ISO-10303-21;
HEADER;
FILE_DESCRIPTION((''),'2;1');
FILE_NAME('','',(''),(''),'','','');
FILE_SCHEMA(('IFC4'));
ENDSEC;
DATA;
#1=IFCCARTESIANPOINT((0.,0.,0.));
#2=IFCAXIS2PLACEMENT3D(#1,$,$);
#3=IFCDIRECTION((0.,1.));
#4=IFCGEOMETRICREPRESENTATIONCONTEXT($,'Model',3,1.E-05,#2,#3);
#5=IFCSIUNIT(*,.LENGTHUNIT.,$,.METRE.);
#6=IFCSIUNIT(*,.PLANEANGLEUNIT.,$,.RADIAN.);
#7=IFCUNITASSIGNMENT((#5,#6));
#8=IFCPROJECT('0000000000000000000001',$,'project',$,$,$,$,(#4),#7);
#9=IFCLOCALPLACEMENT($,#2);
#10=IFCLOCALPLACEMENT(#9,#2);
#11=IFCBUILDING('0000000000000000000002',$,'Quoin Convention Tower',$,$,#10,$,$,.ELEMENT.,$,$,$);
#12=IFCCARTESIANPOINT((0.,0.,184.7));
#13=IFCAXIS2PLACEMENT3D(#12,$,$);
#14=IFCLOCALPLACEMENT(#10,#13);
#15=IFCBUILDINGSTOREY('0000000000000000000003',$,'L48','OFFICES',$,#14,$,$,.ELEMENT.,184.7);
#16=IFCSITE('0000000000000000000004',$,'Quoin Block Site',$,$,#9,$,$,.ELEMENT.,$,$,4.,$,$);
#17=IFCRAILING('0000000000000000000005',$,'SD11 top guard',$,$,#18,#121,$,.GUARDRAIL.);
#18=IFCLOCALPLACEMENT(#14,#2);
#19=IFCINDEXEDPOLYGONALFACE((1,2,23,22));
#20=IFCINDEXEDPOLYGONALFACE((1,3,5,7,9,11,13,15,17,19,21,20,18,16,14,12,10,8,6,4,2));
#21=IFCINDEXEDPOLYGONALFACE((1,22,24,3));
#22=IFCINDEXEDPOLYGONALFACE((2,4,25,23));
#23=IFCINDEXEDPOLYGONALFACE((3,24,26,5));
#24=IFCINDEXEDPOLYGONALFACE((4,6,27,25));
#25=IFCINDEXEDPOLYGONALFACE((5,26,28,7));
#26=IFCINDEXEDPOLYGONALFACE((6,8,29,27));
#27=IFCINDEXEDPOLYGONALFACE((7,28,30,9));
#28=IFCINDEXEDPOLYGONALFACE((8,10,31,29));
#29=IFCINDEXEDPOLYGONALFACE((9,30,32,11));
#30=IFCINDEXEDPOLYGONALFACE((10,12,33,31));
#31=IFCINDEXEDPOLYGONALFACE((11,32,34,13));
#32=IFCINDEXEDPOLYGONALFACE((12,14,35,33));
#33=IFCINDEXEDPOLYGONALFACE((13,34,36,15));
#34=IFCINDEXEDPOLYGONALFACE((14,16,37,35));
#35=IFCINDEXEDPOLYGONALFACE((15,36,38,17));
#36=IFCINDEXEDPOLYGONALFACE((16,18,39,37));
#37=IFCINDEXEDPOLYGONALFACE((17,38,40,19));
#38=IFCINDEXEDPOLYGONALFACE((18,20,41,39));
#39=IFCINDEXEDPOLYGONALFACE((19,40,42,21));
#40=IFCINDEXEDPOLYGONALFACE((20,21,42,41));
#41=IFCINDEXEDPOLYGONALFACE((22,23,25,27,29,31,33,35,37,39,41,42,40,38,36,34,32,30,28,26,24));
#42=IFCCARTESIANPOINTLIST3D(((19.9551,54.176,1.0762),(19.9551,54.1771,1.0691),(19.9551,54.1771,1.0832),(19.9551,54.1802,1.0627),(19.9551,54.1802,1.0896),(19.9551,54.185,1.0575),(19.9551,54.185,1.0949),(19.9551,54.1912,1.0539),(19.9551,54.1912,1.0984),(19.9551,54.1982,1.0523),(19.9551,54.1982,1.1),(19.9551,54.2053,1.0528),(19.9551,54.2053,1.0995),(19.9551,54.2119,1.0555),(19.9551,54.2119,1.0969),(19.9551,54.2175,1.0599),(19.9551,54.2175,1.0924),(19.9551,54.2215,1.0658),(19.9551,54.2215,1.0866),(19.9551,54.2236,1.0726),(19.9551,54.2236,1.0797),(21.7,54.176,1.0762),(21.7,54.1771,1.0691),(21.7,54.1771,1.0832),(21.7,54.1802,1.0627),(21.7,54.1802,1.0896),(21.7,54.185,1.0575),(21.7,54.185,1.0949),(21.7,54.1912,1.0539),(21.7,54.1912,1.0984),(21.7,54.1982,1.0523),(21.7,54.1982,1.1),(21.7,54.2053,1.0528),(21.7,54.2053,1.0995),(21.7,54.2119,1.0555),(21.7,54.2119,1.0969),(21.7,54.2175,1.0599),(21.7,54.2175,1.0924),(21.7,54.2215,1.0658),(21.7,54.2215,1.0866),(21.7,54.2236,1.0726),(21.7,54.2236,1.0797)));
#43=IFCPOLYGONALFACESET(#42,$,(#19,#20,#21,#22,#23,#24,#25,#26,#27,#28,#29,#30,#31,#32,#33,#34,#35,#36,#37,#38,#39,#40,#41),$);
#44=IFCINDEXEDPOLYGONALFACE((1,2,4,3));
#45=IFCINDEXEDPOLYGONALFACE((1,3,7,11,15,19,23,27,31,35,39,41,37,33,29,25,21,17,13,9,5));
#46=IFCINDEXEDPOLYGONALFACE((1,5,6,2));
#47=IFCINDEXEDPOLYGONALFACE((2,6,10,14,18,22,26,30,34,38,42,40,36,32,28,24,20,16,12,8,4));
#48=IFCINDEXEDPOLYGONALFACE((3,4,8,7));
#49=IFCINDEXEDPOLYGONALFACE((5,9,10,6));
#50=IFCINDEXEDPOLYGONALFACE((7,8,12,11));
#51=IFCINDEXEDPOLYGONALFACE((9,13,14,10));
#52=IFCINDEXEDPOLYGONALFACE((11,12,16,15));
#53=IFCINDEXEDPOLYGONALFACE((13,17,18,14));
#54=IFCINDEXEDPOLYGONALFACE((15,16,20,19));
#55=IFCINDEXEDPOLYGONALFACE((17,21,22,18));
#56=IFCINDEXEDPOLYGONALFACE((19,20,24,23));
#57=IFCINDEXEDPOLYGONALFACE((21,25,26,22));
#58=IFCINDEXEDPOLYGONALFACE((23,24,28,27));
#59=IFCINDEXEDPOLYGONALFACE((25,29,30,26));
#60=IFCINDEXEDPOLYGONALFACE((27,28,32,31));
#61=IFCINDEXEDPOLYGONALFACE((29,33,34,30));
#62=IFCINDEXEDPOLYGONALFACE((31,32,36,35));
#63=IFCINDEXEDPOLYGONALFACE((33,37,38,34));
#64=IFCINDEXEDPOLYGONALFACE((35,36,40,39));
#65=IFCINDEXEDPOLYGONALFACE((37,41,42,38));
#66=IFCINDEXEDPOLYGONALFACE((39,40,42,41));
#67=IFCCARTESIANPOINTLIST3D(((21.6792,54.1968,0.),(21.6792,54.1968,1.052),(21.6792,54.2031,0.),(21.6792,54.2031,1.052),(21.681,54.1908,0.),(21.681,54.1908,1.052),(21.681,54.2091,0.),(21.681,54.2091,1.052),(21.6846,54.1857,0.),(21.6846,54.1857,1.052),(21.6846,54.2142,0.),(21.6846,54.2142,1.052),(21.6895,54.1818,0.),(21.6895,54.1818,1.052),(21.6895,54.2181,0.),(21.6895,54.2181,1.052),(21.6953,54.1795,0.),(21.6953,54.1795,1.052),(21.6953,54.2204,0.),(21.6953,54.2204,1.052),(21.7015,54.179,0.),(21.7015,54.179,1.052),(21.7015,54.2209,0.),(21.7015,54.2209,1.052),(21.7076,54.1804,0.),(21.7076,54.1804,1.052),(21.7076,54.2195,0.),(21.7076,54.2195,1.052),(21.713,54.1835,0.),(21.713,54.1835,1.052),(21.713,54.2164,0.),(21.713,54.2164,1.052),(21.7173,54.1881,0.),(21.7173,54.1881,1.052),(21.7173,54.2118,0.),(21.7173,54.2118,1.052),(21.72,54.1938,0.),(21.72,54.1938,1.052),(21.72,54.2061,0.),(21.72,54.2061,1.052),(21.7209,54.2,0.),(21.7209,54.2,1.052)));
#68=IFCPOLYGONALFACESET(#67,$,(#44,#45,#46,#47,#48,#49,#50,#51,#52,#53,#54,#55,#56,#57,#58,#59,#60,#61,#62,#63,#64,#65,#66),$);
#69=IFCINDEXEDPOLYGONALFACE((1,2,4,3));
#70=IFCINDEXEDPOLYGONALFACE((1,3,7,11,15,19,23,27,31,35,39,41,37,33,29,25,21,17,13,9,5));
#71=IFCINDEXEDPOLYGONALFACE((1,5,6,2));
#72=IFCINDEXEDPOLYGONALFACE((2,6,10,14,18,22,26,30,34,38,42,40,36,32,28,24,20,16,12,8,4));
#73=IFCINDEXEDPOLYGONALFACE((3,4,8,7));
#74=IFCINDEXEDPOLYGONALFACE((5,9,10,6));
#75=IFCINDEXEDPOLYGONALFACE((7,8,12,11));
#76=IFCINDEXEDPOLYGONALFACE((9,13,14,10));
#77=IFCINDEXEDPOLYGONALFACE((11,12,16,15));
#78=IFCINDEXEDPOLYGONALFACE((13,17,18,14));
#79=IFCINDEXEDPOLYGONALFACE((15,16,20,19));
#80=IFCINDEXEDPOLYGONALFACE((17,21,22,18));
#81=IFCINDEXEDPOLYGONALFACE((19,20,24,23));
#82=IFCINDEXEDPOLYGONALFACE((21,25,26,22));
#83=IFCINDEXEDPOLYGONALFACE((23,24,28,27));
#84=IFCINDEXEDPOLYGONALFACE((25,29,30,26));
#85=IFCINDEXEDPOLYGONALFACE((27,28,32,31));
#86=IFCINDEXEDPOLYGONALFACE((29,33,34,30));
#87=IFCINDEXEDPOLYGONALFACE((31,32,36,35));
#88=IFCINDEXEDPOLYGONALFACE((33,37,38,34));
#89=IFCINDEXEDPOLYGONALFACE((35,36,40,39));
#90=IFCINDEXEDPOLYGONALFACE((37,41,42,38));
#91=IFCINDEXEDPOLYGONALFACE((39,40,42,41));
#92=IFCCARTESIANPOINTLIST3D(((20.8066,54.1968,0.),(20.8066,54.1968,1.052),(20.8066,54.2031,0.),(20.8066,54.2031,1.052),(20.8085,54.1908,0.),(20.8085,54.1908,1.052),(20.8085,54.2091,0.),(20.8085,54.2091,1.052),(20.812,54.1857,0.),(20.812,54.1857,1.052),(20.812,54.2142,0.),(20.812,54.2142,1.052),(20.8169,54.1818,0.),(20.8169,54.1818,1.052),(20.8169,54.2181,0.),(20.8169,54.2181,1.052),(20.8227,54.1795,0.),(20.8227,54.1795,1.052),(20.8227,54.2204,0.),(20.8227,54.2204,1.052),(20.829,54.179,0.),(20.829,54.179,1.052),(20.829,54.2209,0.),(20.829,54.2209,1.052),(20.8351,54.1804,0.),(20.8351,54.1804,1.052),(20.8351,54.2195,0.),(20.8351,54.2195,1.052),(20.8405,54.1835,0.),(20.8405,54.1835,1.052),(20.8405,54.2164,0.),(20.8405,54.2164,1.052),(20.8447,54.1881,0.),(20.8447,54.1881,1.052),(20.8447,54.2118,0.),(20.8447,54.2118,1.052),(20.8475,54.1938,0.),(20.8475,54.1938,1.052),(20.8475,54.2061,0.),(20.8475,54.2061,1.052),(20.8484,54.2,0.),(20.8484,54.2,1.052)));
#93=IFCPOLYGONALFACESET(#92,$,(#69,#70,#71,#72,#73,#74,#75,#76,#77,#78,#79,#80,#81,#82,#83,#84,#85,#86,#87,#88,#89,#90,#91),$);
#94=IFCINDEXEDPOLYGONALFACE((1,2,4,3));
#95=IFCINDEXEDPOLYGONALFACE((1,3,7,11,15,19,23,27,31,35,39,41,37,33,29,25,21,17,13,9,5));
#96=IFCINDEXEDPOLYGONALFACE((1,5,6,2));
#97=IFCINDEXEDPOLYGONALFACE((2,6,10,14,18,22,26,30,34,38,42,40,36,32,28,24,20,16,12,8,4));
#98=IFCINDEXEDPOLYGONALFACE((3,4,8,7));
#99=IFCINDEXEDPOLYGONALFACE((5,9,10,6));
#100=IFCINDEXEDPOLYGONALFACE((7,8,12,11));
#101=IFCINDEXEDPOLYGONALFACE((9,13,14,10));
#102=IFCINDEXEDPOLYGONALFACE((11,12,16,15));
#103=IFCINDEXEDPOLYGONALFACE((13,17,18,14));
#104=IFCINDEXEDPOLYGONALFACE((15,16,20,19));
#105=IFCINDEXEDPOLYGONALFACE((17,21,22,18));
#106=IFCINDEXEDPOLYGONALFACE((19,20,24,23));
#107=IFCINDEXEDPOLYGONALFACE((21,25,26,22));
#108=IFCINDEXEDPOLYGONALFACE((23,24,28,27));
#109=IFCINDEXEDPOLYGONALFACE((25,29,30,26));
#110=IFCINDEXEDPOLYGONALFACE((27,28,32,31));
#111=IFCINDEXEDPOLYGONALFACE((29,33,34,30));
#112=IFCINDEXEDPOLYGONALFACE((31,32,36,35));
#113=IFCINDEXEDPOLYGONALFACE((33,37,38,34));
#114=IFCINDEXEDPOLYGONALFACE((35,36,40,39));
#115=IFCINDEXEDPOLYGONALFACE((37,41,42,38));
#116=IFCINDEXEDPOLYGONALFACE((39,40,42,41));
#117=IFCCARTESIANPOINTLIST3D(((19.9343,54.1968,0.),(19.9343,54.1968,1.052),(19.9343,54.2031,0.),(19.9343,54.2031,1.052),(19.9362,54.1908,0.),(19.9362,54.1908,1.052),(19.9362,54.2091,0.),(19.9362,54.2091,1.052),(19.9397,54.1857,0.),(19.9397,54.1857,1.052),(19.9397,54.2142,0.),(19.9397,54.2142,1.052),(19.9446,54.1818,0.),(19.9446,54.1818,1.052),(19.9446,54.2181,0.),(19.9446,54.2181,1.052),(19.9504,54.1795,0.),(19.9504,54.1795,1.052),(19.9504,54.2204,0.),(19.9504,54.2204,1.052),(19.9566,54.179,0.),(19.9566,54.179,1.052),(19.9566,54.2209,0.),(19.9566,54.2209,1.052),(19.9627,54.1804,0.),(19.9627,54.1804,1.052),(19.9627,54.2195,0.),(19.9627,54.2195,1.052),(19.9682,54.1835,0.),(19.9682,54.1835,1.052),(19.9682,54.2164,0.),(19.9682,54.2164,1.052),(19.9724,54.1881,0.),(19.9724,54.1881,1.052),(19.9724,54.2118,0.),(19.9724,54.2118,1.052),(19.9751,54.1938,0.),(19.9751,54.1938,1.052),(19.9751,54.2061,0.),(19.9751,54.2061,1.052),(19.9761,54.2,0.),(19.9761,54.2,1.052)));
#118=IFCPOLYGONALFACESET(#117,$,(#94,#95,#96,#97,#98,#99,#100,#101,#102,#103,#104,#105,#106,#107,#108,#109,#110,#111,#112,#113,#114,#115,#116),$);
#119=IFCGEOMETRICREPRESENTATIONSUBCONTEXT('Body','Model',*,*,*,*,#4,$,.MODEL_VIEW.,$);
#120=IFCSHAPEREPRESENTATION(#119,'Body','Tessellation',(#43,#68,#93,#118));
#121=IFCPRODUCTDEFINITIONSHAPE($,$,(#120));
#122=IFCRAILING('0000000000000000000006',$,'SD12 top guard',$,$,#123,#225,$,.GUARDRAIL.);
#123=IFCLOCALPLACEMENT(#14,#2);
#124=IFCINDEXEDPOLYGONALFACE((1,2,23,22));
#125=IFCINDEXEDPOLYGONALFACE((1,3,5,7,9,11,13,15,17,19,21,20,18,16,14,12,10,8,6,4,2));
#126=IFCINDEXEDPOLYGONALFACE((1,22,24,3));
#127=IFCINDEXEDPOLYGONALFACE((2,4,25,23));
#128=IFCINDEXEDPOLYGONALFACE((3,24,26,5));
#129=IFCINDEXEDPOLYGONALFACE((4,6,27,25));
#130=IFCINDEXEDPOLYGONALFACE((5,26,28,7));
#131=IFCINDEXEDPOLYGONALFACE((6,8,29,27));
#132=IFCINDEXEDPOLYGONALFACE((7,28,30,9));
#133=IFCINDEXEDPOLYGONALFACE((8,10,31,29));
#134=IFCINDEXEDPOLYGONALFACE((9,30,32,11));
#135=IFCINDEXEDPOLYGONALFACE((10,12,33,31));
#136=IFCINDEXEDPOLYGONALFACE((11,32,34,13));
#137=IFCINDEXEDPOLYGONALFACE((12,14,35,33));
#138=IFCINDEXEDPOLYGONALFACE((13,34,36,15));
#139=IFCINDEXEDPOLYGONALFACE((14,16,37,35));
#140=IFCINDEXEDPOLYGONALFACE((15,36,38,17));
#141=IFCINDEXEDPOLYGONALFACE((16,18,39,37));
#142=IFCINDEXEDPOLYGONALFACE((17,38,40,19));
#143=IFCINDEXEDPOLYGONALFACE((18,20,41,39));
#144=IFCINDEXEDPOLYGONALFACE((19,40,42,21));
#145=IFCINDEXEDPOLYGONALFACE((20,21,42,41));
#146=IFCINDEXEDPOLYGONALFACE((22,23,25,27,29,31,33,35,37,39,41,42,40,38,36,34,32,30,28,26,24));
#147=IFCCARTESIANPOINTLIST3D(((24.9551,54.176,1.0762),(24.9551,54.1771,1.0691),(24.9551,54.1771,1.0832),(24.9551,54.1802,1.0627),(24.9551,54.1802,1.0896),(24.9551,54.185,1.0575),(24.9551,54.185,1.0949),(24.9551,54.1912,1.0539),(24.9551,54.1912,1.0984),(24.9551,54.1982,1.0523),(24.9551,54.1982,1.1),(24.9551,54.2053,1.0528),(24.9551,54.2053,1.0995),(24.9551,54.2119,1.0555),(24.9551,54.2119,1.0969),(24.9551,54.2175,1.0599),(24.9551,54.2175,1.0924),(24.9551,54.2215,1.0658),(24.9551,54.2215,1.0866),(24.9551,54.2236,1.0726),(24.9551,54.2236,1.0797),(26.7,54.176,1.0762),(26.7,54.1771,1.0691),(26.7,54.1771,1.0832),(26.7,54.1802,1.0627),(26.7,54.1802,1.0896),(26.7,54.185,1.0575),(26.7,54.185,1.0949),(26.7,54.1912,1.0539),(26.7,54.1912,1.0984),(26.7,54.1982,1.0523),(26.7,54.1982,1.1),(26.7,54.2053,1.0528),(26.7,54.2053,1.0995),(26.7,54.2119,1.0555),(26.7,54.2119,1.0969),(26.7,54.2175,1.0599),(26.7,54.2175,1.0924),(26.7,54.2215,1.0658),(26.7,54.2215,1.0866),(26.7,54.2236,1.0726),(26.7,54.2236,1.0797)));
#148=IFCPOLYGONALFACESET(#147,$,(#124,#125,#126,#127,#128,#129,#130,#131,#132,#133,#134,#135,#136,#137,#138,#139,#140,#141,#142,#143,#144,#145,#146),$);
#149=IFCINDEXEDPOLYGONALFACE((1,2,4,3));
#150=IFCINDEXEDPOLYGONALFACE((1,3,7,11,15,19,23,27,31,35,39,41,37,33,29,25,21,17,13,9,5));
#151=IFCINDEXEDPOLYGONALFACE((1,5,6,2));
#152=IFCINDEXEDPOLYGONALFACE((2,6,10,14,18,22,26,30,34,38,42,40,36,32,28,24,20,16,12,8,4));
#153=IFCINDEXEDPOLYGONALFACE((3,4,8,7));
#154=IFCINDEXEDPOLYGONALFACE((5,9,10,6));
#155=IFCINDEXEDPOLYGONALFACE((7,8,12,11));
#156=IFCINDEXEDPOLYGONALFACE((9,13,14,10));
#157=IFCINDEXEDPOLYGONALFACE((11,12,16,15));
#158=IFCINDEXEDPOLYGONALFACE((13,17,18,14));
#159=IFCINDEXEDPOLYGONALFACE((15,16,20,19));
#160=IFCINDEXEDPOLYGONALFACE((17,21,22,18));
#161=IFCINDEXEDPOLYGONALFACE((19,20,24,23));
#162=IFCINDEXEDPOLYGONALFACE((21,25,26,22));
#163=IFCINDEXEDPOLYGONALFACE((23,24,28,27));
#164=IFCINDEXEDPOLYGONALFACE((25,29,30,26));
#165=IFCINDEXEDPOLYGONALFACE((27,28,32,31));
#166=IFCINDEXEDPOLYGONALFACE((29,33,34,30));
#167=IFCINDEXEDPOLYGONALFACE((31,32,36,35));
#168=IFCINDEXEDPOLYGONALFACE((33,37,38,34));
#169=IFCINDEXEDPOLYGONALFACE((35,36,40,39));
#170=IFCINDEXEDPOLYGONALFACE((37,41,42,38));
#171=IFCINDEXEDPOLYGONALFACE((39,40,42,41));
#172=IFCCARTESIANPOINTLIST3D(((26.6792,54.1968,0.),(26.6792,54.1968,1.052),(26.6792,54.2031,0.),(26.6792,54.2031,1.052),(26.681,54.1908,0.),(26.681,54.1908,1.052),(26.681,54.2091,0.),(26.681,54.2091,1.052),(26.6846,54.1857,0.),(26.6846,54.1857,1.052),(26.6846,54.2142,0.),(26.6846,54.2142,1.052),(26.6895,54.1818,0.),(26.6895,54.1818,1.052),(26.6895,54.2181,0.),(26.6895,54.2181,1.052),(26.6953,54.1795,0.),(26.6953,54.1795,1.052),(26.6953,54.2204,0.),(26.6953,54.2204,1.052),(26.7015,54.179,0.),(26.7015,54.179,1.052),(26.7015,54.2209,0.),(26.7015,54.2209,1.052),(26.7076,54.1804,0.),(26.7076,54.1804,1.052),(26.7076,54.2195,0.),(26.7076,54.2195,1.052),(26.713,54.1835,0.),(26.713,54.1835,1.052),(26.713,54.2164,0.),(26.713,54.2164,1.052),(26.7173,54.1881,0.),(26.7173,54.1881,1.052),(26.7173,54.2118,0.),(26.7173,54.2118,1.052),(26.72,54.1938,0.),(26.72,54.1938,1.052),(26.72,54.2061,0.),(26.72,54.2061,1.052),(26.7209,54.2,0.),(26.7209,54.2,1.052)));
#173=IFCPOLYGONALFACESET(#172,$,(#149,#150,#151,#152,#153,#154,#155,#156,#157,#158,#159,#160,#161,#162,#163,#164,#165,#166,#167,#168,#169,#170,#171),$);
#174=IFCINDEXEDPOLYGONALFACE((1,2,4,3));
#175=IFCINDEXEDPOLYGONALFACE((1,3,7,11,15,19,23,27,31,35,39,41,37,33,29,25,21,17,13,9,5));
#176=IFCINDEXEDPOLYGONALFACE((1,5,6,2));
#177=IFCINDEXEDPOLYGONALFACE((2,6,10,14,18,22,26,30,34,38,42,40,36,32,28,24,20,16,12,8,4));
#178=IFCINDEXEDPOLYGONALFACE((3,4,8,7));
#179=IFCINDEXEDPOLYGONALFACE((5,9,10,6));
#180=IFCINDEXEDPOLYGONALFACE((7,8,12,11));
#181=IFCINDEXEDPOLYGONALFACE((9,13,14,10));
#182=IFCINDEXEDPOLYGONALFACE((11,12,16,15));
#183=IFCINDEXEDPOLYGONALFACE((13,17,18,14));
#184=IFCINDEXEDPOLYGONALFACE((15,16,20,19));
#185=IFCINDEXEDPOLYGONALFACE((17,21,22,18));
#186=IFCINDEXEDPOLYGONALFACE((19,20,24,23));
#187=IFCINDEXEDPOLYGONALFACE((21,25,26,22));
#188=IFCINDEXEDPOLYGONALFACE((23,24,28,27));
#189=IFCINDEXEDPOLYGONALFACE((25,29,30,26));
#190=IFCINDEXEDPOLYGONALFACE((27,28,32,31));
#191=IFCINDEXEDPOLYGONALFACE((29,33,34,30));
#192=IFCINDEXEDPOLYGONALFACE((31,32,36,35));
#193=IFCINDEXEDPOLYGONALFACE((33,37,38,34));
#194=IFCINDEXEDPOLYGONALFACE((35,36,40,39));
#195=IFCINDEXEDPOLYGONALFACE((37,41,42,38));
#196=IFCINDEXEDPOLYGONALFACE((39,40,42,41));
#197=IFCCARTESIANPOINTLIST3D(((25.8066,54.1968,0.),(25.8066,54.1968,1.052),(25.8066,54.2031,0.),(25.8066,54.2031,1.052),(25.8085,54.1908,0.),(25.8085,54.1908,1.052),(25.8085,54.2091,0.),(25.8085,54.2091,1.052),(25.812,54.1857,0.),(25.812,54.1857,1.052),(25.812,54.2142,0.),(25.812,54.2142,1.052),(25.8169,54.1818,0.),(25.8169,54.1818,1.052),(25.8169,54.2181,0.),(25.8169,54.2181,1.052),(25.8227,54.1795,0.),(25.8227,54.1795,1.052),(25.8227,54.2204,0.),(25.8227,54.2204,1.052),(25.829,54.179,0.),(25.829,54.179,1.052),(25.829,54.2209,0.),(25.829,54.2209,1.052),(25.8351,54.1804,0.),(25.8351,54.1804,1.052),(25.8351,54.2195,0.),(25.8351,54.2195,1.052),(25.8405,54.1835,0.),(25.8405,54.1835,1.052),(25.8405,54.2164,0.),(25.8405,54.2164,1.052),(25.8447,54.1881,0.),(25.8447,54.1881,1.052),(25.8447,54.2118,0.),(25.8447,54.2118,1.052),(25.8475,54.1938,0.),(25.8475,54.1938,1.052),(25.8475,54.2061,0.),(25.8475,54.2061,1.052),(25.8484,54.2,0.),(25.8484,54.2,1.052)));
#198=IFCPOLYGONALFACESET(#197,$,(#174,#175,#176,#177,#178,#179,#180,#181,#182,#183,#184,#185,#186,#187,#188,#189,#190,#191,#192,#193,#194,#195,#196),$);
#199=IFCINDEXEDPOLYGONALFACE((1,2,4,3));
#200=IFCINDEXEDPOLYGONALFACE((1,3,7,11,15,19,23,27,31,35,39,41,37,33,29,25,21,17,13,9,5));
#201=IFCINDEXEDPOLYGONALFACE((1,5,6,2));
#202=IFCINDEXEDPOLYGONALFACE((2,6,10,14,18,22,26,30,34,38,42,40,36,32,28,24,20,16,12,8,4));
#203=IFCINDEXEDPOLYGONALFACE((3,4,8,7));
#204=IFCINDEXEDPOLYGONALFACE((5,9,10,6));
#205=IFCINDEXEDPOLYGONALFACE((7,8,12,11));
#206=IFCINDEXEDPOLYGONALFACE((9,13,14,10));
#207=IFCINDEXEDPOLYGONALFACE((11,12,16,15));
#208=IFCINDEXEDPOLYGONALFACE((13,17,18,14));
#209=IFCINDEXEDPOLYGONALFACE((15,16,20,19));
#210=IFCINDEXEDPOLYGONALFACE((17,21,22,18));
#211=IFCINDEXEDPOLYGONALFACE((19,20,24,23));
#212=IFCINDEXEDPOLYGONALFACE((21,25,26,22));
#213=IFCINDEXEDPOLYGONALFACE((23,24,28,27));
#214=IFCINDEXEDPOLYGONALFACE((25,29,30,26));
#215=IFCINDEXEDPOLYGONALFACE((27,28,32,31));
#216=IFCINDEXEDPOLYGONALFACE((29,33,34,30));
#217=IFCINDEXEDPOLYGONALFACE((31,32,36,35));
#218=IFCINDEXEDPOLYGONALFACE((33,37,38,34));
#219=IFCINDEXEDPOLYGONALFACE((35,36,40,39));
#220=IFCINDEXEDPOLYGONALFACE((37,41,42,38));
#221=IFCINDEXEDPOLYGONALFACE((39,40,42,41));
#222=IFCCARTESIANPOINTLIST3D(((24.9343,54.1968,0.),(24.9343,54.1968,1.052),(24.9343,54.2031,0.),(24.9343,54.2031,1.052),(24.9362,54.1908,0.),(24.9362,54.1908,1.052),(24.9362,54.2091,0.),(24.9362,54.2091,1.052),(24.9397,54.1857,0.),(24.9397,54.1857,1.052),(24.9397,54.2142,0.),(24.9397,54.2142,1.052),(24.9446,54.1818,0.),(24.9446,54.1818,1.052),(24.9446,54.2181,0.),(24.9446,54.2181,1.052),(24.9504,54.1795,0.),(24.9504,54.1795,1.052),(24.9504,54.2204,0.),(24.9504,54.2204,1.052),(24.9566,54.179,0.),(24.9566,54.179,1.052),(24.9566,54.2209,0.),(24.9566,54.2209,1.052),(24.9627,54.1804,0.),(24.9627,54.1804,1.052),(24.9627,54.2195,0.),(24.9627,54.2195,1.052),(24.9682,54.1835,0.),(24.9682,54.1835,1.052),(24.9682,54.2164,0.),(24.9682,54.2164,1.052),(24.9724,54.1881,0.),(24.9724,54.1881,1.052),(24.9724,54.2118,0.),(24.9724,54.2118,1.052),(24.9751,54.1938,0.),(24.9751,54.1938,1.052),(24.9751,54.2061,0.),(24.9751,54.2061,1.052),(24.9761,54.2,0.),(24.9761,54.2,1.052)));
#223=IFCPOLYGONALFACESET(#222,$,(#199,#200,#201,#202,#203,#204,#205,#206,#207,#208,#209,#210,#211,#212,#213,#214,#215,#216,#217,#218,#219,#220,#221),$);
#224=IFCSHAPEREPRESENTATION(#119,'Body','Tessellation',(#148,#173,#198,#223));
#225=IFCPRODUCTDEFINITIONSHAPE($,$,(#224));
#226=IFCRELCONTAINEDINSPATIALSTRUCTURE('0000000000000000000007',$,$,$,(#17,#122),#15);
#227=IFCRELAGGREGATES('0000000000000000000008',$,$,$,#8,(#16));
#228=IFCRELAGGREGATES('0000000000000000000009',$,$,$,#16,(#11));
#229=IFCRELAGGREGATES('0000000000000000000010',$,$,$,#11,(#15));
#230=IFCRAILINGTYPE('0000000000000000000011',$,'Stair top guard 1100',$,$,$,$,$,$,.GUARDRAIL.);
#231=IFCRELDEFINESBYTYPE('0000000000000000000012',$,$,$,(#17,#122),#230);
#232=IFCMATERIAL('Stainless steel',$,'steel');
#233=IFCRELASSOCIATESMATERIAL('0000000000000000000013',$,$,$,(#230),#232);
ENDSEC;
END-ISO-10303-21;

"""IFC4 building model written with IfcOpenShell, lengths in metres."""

from ifc_helpers import new_model, si_unit, direction, frame, origin, origin_2d, place, context, subcontext, project, spatial, circle, extrude, material, type_object, element, save


model = new_model("IFC4")

# Units and contexts
model_context = context("Model", 3, precision=1e-05, world=origin(), true_north=direction((0.0, 1.0)))
body_context = subcontext(model_context, "Body", "Model", "MODEL_VIEW")
ifc_project = project(units=[si_unit("LENGTHUNIT", "METRE"), si_unit("PLANEANGLEUNIT", "RADIAN")], contexts=[model_context])

# Site, building, storey
site_placement = place(None, origin())
site = spatial("IfcSite", under=ifc_project, at=site_placement, Name="Quoin Block Site", CompositionType="ELEMENT", RefElevation=4.0)
building_placement = place(site_placement, origin())
building = spatial("IfcBuilding", under=site, at=building_placement, Name="Quoin Convention Tower", CompositionType="ELEMENT")
storey_placement = place(building_placement, frame((0.0, 0.0, 184.7)))
storey = spatial("IfcBuildingStorey", under=building, at=storey_placement, Name="L48", Description="OFFICES", CompositionType="ELEMENT", Elevation=184.7)

# Railings
ifc_material_1 = material(Name="Stainless steel", Category="steel")
railing_type_1 = type_object("IfcRailingType", Name="Stair top guard 1100", PredefinedType="GUARDRAIL", material=ifc_material_1)
for number, where, name in (
    (1, (21.7, 54.2, 0.0), "SD11 top guard"),
    (2, (26.7, 54.2, 0.0), "SD12 top guard"),
):
    element("IfcRailing", number, at=place(storey_placement, frame(where)), inside=storey, type_object=railing_type_1, Name=name, PredefinedType="GUARDRAIL", context=body_context, shape_type="SweptSolid", body=[
        extrude(circle(Radius=0.0239, at=origin_2d()), frame((0.0, 0.0, 1.0762), z_axis=(-1.0, 0.0, 0.0), x_axis=(0.0, -1.0, 0.0)), (0.0, 0.0, 1.0), 1.7449),
        extrude(circle(Radius=0.021, at=origin_2d()), origin(), (0.0, 0.0, 1.0), 1.052),
        extrude(circle(Radius=0.021, at=origin_2d()), frame((-0.8726, 0.0, 0.0)), (0.0, 0.0, 1.0), 1.052),
        extrude(circle(Radius=0.021, at=origin_2d()), frame((-1.7449, 0.0, 0.0)), (0.0, 0.0, 1.0), 1.052),
    ])

save(model, "model.ifc")
